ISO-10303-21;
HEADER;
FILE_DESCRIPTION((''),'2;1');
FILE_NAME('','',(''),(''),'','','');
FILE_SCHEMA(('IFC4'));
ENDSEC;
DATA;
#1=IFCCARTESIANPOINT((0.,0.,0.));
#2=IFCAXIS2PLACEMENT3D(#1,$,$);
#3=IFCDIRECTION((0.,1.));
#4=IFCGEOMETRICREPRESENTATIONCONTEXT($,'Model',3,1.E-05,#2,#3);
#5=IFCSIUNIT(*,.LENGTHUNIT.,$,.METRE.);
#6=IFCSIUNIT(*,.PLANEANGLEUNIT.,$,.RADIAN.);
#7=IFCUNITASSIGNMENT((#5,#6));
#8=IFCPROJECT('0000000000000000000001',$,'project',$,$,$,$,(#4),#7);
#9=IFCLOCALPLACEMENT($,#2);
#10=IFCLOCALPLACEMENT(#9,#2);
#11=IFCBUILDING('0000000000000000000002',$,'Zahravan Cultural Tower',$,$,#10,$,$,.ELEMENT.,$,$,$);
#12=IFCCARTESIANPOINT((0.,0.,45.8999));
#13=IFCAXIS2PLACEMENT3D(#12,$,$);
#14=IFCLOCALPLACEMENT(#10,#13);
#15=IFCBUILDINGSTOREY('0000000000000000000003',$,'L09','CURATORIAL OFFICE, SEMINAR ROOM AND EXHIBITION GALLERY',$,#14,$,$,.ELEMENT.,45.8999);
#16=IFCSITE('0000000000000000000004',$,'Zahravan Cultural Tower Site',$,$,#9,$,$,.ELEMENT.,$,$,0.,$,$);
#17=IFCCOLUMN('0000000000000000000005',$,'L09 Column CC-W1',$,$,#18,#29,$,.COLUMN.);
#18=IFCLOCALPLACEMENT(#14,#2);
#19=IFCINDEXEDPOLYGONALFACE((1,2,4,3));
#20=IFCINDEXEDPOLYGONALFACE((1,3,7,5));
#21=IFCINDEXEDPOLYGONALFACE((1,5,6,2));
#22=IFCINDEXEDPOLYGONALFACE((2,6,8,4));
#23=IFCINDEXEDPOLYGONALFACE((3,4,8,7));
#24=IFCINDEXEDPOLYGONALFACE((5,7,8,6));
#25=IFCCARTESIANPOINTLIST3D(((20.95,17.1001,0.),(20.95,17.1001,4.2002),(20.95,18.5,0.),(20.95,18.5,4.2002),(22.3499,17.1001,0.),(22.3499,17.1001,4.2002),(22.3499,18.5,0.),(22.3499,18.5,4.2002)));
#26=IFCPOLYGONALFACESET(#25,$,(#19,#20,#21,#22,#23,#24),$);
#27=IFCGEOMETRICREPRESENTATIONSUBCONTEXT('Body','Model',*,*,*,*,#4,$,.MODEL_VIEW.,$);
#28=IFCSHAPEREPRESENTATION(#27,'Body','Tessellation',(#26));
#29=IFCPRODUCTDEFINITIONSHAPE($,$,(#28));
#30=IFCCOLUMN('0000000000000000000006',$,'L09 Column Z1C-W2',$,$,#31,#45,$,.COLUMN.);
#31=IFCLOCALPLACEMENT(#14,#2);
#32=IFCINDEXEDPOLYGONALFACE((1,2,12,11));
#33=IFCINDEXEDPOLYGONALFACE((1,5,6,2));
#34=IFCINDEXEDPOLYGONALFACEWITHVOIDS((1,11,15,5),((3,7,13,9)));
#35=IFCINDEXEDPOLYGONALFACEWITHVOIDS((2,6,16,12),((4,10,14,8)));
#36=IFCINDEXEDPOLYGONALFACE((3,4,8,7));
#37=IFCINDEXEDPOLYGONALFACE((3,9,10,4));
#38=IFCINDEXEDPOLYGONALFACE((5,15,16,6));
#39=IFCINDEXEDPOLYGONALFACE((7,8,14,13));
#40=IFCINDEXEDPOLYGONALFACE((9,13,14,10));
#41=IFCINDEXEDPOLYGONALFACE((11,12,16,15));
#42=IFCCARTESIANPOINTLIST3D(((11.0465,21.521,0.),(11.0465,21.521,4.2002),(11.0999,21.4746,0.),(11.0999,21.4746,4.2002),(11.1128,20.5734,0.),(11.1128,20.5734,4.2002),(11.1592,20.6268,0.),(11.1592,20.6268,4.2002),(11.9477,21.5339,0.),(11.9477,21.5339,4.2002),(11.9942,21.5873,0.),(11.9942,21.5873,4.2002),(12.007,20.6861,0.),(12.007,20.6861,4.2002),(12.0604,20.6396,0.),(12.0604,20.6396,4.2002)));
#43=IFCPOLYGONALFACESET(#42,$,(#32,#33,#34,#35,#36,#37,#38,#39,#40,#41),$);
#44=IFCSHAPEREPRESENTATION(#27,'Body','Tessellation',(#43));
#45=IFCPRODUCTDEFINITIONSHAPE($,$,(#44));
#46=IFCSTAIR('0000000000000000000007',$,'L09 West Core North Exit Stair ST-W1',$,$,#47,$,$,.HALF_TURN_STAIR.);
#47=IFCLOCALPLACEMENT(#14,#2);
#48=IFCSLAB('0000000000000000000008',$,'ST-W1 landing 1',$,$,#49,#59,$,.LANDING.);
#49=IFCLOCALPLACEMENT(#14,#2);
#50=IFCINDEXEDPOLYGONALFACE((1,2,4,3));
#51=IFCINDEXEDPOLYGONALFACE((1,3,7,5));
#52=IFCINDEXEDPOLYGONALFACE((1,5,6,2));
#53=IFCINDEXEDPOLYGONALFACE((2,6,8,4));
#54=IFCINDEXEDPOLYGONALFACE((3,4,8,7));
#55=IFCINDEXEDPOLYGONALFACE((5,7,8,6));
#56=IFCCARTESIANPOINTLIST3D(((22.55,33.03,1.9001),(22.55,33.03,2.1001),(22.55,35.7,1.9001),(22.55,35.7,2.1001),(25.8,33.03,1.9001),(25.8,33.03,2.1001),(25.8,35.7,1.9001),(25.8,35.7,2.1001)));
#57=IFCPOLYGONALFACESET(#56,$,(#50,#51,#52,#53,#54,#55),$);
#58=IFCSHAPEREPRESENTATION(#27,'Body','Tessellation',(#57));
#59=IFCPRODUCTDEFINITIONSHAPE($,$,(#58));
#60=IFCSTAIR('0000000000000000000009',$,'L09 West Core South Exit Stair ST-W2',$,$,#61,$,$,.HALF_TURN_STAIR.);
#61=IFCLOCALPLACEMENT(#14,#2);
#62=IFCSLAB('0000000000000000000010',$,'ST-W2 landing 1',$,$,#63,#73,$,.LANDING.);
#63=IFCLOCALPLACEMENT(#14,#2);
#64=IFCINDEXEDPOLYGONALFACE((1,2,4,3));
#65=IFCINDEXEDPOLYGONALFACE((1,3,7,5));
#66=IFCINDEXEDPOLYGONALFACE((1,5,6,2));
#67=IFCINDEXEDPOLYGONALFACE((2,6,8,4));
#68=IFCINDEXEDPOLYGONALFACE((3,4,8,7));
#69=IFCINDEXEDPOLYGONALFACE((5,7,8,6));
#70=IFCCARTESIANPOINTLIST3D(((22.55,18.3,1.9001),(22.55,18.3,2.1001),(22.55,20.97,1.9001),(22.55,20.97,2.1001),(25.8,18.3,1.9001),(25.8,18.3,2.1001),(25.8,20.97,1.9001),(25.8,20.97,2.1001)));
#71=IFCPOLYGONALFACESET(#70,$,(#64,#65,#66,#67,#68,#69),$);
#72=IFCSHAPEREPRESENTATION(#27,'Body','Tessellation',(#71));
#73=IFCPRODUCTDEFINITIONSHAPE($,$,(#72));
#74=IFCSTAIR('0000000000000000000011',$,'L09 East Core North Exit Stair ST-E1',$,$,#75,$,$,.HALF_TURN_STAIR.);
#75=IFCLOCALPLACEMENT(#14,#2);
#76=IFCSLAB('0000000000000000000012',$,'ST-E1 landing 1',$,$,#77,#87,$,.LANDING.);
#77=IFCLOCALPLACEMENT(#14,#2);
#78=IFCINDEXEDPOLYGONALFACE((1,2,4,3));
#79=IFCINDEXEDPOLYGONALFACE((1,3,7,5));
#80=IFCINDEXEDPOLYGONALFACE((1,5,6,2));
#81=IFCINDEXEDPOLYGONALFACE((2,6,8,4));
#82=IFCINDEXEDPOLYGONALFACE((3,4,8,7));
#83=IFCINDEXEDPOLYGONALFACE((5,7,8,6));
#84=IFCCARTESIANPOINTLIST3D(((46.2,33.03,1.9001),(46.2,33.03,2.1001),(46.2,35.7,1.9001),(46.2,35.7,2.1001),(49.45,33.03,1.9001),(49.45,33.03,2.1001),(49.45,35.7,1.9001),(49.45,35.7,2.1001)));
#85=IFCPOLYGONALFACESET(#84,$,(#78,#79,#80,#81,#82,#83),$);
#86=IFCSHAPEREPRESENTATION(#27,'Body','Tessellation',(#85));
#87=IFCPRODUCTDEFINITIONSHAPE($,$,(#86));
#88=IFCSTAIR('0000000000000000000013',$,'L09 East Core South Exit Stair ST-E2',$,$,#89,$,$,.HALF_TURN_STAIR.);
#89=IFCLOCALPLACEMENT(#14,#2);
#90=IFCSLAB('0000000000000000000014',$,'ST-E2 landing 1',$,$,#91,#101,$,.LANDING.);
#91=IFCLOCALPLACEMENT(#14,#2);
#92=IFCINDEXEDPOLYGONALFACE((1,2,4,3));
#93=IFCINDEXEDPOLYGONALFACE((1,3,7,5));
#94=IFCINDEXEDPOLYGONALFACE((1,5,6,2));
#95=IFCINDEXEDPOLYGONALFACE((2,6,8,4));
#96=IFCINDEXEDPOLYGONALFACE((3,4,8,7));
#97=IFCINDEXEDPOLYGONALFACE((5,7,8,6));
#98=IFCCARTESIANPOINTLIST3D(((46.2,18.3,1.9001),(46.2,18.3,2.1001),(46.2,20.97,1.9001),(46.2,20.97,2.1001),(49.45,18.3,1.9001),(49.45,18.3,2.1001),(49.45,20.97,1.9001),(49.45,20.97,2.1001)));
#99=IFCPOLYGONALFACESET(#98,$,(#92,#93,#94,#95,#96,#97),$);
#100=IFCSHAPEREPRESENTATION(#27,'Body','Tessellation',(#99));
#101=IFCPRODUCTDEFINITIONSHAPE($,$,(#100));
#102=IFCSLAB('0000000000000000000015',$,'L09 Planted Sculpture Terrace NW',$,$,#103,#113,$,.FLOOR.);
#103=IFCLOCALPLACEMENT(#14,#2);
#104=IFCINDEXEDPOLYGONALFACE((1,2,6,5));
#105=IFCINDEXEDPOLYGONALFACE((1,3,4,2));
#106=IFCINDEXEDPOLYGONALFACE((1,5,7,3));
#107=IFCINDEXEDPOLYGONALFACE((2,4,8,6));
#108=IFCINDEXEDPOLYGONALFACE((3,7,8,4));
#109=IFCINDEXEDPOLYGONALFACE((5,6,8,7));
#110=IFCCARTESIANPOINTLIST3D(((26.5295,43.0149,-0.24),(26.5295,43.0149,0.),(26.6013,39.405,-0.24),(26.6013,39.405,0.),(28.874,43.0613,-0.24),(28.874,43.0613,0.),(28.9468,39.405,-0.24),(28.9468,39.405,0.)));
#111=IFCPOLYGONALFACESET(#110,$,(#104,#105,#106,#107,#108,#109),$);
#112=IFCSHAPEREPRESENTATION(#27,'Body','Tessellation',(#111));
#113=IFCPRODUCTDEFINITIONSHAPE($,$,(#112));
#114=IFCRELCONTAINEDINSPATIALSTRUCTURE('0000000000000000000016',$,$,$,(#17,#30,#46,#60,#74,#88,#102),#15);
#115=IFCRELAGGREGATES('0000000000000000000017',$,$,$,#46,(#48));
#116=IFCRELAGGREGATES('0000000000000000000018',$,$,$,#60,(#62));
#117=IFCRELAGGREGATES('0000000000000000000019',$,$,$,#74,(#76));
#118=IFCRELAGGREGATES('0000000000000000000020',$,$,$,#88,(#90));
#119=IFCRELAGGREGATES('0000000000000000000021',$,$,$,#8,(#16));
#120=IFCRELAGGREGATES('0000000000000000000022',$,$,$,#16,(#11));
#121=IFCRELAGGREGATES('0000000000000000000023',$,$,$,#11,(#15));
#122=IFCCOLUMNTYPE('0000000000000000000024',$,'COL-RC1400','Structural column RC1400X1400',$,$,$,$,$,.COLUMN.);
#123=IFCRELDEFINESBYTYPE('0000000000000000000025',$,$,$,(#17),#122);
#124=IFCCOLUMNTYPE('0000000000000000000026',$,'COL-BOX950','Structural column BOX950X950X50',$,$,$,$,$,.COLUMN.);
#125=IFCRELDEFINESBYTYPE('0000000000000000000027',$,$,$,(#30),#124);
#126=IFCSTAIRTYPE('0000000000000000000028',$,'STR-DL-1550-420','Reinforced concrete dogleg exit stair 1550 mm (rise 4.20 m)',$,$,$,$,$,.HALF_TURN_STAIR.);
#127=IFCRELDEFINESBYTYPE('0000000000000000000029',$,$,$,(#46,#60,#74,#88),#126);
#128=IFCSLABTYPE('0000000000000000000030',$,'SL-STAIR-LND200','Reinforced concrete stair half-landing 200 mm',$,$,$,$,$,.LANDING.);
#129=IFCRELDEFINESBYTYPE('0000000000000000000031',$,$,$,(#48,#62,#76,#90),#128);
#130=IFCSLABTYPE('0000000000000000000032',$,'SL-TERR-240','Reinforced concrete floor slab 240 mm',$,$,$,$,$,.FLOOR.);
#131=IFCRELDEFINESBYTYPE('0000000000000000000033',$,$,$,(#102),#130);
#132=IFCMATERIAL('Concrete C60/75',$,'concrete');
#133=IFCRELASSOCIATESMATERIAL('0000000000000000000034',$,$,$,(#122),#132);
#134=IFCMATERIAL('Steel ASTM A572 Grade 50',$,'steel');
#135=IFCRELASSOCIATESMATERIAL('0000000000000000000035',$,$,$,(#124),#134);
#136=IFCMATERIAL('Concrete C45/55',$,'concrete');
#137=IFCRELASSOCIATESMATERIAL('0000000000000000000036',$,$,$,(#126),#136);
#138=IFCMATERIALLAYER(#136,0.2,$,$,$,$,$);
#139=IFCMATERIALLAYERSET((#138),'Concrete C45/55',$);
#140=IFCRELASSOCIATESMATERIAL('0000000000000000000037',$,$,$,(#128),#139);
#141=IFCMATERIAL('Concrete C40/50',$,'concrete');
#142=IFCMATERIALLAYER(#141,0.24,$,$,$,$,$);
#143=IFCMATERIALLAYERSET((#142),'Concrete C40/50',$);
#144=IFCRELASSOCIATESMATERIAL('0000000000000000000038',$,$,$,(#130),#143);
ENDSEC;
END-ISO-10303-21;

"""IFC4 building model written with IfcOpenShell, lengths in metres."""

from ifc_helpers import new_model, si_unit, direction, frame, origin, origin_2d, place, context, subcontext, project, spatial, polyline, rectangle, hollow_rectangle, outline, extrude, source, transform, mapped, material, layer, layer_set, material_profile, profile_set, type_object, element, aggregate, save


model = new_model("IFC4")

# Units and contexts
model_context = context("Model", 3, precision=1e-05, world=origin(), true_north=direction((0.0, 1.0)))
body_context = subcontext(model_context, "Body", "Model", "MODEL_VIEW")
ifc_project = project(units=[si_unit("LENGTHUNIT", "METRE"), si_unit("PLANEANGLEUNIT", "RADIAN")], contexts=[model_context])

# Site, building, storey
site_placement = place(None, origin())
site = spatial("IfcSite", under=ifc_project, at=site_placement, Name="Zahravan Cultural Tower Site", CompositionType="ELEMENT", RefElevation=0.0)
building_placement = place(site_placement, origin())
building = spatial("IfcBuilding", under=site, at=building_placement, Name="Zahravan Cultural Tower", CompositionType="ELEMENT")
storey_placement = place(building_placement, frame((0.0, 0.0, 45.8999)))
storey = spatial("IfcBuildingStorey", under=building, at=storey_placement, Name="L09", Description="CURATORIAL OFFICE, SEMINAR ROOM AND EXHIBITION GALLERY", CompositionType="ELEMENT", Elevation=45.8999)

# Columns
ifc_material_1 = material(Name="Concrete C60/75", Category="concrete")
ifc_material_profile_1 = material_profile(ifc_material_1, rectangle(XDim=1.3999, YDim=1.3999, at=origin_2d()), Name="RC1400X1400")
ifc_profile_set_1 = profile_set([ifc_material_profile_1], Name="Concrete C60/75")
column_type_1 = type_object("IfcColumnType", Name="COL-RC1400", Description="Structural column RC1400X1400", PredefinedType="COLUMN", material=ifc_profile_set_1)
shared_shape_1 = source(origin(), body_context, "Body", "SweptSolid", [
    extrude(rectangle(XDim=1.3999, YDim=1.3999, at=origin_2d()), origin(), (0.0, 0.0, 1.0), 4.2002),
])
column_1_placement = place(storey_placement, frame((21.6499, 17.8, 0.0), z_axis=(0.0, 0.0, 1.0), x_axis=(1.0, 0.0, 0.0)))
element("IfcColumn", 1, at=column_1_placement, inside=storey, type_object=column_type_1, Name="L09 Column CC-W1", PredefinedType="COLUMN", context=body_context, shape_type="MappedRepresentation", body=[
    mapped(shared_shape_1, transform((0.0, 0.0, 0.0), x_axis=(1.0, 0.0, 0.0), y_axis=(0.0, 1.0, 0.0), z_axis=(0.0, 0.0, 1.0), scale=1.0)),
])
ifc_material_2 = material(Name="Steel ASTM A572 Grade 50", Category="steel")
ifc_material_profile_2 = material_profile(ifc_material_2, hollow_rectangle(XDim=0.95, YDim=0.95, WallThickness=0.05, at=origin_2d()), Name="BOX950X950X50")
ifc_profile_set_2 = profile_set([ifc_material_profile_2], Name="Steel ASTM A572 Grade 50")
column_type_2 = type_object("IfcColumnType", Name="COL-BOX950", Description="Structural column BOX950X950X50", PredefinedType="COLUMN", material=ifc_profile_set_2)
shared_shape_2 = source(origin(), body_context, "Body", "SweptSolid", [
    extrude(hollow_rectangle(XDim=0.95, YDim=0.95, WallThickness=0.05, at=origin_2d()), origin(), (0.0, 0.0, 1.0), 4.2002),
])
column_2_placement = place(storey_placement, frame((11.5535, 21.0803, 0.0), z_axis=(0.0, 0.0, 1.0), x_axis=(0.997564, 0.069756, 0.0)))
element("IfcColumn", 2, at=column_2_placement, inside=storey, type_object=column_type_2, Name="L09 Column Z1C-W2", PredefinedType="COLUMN", context=body_context, shape_type="MappedRepresentation", body=[
    mapped(shared_shape_2, transform((0.0, 0.0, 0.0), x_axis=(1.0, 0.0, 0.0), y_axis=(0.0, 1.0, 0.0), z_axis=(0.0, 0.0, 1.0), scale=1.0)),
])

# Stairs, slabs
ifc_material_3 = material(Name="Concrete C45/55", Category="concrete")
stair_type = type_object("IfcStairType", Name="STR-DL-1550-420", Description="Reinforced concrete dogleg exit stair 1550 mm (rise 4.20 m)", PredefinedType="HALF_TURN_STAIR", material=ifc_material_3)
stair_1_placement = place(storey_placement, origin())
stair_1 = element("IfcStair", 3, at=stair_1_placement, inside=storey, type_object=stair_type, Name="L09 West Core North Exit Stair ST-W1", PredefinedType="HALF_TURN_STAIR")
ifc_layer_1 = layer(ifc_material_3, 0.2)
ifc_layer_set_1 = layer_set([ifc_layer_1], Name="Concrete C45/55")
slab_type_1 = type_object("IfcSlabType", Name="SL-STAIR-LND200", Description="Reinforced concrete stair half-landing 200 mm", PredefinedType="LANDING", material=ifc_layer_set_1)
slab_1_placement = place(storey_placement, frame((0.0, 0.0, 1.9001)))
slab_1 = element("IfcSlab", 4, at=slab_1_placement, type_object=slab_type_1, Name="ST-W1 landing 1", PredefinedType="LANDING", context=body_context, shape_type="SweptSolid", body=[
    extrude(outline(polyline([(25.8, 33.03), (25.8, 35.7), (22.55, 35.7), (22.55, 33.03), (25.8, 33.03)])), origin(), (0.0, 0.0, 1.0), 0.2),
])
aggregate(stair_1, [slab_1])
stair_2_placement = place(storey_placement, origin())
stair_2 = element("IfcStair", 5, at=stair_2_placement, inside=storey, type_object=stair_type, Name="L09 West Core South Exit Stair ST-W2", PredefinedType="HALF_TURN_STAIR")
slab_2_placement = place(storey_placement, frame((0.0, 0.0, 1.9001)))
slab_2 = element("IfcSlab", 6, at=slab_2_placement, type_object=slab_type_1, Name="ST-W2 landing 1", PredefinedType="LANDING", context=body_context, shape_type="SweptSolid", body=[
    extrude(outline(polyline([(22.55, 20.97), (22.55, 18.3), (25.8, 18.3), (25.8, 20.97), (22.55, 20.97)])), origin(), (0.0, 0.0, 1.0), 0.2),
])
aggregate(stair_2, [slab_2])
stair_3_placement = place(storey_placement, origin())
stair_3 = element("IfcStair", 7, at=stair_3_placement, inside=storey, type_object=stair_type, Name="L09 East Core North Exit Stair ST-E1", PredefinedType="HALF_TURN_STAIR")
slab_3_placement = place(storey_placement, frame((0.0, 0.0, 1.9001)))
slab_3 = element("IfcSlab", 8, at=slab_3_placement, type_object=slab_type_1, Name="ST-E1 landing 1", PredefinedType="LANDING", context=body_context, shape_type="SweptSolid", body=[
    extrude(outline(polyline([(49.45, 33.03), (49.45, 35.7), (46.2, 35.7), (46.2, 33.03), (49.45, 33.03)])), origin(), (0.0, 0.0, 1.0), 0.2),
])
aggregate(stair_3, [slab_3])
stair_4_placement = place(storey_placement, origin())
stair_4 = element("IfcStair", 9, at=stair_4_placement, inside=storey, type_object=stair_type, Name="L09 East Core South Exit Stair ST-E2", PredefinedType="HALF_TURN_STAIR")
slab_4_placement = place(storey_placement, frame((0.0, 0.0, 1.9001)))
slab_4 = element("IfcSlab", 10, at=slab_4_placement, type_object=slab_type_1, Name="ST-E2 landing 1", PredefinedType="LANDING", context=body_context, shape_type="SweptSolid", body=[
    extrude(outline(polyline([(46.2, 20.97), (46.2, 18.3), (49.45, 18.3), (49.45, 20.97), (46.2, 20.97)])), origin(), (0.0, 0.0, 1.0), 0.2),
])
aggregate(stair_4, [slab_4])

# Slab
ifc_material_4 = material(Name="Concrete C40/50", Category="concrete")
ifc_layer_2 = layer(ifc_material_4, 0.24)
ifc_layer_set_2 = layer_set([ifc_layer_2], Name="Concrete C40/50")
slab_type_2 = type_object("IfcSlabType", Name="SL-TERR-240", Description="Reinforced concrete floor slab 240 mm", PredefinedType="FLOOR", material=ifc_layer_set_2)
slab_5_placement = place(storey_placement, frame((0.0, 0.0, -0.24)))
element("IfcSlab", 11, at=slab_5_placement, inside=storey, type_object=slab_type_2, Name="L09 Planted Sculpture Terrace NW", PredefinedType="FLOOR", context=body_context, shape_type="SweptSolid", body=[
    extrude(outline(polyline([(26.5295, 43.0149), (26.6013, 39.405), (28.9468, 39.405), (28.874, 43.0613), (26.5295, 43.0149)])), origin(), (0.0, 0.0, 1.0), 0.24),
])

save(model, "model.ifc")
